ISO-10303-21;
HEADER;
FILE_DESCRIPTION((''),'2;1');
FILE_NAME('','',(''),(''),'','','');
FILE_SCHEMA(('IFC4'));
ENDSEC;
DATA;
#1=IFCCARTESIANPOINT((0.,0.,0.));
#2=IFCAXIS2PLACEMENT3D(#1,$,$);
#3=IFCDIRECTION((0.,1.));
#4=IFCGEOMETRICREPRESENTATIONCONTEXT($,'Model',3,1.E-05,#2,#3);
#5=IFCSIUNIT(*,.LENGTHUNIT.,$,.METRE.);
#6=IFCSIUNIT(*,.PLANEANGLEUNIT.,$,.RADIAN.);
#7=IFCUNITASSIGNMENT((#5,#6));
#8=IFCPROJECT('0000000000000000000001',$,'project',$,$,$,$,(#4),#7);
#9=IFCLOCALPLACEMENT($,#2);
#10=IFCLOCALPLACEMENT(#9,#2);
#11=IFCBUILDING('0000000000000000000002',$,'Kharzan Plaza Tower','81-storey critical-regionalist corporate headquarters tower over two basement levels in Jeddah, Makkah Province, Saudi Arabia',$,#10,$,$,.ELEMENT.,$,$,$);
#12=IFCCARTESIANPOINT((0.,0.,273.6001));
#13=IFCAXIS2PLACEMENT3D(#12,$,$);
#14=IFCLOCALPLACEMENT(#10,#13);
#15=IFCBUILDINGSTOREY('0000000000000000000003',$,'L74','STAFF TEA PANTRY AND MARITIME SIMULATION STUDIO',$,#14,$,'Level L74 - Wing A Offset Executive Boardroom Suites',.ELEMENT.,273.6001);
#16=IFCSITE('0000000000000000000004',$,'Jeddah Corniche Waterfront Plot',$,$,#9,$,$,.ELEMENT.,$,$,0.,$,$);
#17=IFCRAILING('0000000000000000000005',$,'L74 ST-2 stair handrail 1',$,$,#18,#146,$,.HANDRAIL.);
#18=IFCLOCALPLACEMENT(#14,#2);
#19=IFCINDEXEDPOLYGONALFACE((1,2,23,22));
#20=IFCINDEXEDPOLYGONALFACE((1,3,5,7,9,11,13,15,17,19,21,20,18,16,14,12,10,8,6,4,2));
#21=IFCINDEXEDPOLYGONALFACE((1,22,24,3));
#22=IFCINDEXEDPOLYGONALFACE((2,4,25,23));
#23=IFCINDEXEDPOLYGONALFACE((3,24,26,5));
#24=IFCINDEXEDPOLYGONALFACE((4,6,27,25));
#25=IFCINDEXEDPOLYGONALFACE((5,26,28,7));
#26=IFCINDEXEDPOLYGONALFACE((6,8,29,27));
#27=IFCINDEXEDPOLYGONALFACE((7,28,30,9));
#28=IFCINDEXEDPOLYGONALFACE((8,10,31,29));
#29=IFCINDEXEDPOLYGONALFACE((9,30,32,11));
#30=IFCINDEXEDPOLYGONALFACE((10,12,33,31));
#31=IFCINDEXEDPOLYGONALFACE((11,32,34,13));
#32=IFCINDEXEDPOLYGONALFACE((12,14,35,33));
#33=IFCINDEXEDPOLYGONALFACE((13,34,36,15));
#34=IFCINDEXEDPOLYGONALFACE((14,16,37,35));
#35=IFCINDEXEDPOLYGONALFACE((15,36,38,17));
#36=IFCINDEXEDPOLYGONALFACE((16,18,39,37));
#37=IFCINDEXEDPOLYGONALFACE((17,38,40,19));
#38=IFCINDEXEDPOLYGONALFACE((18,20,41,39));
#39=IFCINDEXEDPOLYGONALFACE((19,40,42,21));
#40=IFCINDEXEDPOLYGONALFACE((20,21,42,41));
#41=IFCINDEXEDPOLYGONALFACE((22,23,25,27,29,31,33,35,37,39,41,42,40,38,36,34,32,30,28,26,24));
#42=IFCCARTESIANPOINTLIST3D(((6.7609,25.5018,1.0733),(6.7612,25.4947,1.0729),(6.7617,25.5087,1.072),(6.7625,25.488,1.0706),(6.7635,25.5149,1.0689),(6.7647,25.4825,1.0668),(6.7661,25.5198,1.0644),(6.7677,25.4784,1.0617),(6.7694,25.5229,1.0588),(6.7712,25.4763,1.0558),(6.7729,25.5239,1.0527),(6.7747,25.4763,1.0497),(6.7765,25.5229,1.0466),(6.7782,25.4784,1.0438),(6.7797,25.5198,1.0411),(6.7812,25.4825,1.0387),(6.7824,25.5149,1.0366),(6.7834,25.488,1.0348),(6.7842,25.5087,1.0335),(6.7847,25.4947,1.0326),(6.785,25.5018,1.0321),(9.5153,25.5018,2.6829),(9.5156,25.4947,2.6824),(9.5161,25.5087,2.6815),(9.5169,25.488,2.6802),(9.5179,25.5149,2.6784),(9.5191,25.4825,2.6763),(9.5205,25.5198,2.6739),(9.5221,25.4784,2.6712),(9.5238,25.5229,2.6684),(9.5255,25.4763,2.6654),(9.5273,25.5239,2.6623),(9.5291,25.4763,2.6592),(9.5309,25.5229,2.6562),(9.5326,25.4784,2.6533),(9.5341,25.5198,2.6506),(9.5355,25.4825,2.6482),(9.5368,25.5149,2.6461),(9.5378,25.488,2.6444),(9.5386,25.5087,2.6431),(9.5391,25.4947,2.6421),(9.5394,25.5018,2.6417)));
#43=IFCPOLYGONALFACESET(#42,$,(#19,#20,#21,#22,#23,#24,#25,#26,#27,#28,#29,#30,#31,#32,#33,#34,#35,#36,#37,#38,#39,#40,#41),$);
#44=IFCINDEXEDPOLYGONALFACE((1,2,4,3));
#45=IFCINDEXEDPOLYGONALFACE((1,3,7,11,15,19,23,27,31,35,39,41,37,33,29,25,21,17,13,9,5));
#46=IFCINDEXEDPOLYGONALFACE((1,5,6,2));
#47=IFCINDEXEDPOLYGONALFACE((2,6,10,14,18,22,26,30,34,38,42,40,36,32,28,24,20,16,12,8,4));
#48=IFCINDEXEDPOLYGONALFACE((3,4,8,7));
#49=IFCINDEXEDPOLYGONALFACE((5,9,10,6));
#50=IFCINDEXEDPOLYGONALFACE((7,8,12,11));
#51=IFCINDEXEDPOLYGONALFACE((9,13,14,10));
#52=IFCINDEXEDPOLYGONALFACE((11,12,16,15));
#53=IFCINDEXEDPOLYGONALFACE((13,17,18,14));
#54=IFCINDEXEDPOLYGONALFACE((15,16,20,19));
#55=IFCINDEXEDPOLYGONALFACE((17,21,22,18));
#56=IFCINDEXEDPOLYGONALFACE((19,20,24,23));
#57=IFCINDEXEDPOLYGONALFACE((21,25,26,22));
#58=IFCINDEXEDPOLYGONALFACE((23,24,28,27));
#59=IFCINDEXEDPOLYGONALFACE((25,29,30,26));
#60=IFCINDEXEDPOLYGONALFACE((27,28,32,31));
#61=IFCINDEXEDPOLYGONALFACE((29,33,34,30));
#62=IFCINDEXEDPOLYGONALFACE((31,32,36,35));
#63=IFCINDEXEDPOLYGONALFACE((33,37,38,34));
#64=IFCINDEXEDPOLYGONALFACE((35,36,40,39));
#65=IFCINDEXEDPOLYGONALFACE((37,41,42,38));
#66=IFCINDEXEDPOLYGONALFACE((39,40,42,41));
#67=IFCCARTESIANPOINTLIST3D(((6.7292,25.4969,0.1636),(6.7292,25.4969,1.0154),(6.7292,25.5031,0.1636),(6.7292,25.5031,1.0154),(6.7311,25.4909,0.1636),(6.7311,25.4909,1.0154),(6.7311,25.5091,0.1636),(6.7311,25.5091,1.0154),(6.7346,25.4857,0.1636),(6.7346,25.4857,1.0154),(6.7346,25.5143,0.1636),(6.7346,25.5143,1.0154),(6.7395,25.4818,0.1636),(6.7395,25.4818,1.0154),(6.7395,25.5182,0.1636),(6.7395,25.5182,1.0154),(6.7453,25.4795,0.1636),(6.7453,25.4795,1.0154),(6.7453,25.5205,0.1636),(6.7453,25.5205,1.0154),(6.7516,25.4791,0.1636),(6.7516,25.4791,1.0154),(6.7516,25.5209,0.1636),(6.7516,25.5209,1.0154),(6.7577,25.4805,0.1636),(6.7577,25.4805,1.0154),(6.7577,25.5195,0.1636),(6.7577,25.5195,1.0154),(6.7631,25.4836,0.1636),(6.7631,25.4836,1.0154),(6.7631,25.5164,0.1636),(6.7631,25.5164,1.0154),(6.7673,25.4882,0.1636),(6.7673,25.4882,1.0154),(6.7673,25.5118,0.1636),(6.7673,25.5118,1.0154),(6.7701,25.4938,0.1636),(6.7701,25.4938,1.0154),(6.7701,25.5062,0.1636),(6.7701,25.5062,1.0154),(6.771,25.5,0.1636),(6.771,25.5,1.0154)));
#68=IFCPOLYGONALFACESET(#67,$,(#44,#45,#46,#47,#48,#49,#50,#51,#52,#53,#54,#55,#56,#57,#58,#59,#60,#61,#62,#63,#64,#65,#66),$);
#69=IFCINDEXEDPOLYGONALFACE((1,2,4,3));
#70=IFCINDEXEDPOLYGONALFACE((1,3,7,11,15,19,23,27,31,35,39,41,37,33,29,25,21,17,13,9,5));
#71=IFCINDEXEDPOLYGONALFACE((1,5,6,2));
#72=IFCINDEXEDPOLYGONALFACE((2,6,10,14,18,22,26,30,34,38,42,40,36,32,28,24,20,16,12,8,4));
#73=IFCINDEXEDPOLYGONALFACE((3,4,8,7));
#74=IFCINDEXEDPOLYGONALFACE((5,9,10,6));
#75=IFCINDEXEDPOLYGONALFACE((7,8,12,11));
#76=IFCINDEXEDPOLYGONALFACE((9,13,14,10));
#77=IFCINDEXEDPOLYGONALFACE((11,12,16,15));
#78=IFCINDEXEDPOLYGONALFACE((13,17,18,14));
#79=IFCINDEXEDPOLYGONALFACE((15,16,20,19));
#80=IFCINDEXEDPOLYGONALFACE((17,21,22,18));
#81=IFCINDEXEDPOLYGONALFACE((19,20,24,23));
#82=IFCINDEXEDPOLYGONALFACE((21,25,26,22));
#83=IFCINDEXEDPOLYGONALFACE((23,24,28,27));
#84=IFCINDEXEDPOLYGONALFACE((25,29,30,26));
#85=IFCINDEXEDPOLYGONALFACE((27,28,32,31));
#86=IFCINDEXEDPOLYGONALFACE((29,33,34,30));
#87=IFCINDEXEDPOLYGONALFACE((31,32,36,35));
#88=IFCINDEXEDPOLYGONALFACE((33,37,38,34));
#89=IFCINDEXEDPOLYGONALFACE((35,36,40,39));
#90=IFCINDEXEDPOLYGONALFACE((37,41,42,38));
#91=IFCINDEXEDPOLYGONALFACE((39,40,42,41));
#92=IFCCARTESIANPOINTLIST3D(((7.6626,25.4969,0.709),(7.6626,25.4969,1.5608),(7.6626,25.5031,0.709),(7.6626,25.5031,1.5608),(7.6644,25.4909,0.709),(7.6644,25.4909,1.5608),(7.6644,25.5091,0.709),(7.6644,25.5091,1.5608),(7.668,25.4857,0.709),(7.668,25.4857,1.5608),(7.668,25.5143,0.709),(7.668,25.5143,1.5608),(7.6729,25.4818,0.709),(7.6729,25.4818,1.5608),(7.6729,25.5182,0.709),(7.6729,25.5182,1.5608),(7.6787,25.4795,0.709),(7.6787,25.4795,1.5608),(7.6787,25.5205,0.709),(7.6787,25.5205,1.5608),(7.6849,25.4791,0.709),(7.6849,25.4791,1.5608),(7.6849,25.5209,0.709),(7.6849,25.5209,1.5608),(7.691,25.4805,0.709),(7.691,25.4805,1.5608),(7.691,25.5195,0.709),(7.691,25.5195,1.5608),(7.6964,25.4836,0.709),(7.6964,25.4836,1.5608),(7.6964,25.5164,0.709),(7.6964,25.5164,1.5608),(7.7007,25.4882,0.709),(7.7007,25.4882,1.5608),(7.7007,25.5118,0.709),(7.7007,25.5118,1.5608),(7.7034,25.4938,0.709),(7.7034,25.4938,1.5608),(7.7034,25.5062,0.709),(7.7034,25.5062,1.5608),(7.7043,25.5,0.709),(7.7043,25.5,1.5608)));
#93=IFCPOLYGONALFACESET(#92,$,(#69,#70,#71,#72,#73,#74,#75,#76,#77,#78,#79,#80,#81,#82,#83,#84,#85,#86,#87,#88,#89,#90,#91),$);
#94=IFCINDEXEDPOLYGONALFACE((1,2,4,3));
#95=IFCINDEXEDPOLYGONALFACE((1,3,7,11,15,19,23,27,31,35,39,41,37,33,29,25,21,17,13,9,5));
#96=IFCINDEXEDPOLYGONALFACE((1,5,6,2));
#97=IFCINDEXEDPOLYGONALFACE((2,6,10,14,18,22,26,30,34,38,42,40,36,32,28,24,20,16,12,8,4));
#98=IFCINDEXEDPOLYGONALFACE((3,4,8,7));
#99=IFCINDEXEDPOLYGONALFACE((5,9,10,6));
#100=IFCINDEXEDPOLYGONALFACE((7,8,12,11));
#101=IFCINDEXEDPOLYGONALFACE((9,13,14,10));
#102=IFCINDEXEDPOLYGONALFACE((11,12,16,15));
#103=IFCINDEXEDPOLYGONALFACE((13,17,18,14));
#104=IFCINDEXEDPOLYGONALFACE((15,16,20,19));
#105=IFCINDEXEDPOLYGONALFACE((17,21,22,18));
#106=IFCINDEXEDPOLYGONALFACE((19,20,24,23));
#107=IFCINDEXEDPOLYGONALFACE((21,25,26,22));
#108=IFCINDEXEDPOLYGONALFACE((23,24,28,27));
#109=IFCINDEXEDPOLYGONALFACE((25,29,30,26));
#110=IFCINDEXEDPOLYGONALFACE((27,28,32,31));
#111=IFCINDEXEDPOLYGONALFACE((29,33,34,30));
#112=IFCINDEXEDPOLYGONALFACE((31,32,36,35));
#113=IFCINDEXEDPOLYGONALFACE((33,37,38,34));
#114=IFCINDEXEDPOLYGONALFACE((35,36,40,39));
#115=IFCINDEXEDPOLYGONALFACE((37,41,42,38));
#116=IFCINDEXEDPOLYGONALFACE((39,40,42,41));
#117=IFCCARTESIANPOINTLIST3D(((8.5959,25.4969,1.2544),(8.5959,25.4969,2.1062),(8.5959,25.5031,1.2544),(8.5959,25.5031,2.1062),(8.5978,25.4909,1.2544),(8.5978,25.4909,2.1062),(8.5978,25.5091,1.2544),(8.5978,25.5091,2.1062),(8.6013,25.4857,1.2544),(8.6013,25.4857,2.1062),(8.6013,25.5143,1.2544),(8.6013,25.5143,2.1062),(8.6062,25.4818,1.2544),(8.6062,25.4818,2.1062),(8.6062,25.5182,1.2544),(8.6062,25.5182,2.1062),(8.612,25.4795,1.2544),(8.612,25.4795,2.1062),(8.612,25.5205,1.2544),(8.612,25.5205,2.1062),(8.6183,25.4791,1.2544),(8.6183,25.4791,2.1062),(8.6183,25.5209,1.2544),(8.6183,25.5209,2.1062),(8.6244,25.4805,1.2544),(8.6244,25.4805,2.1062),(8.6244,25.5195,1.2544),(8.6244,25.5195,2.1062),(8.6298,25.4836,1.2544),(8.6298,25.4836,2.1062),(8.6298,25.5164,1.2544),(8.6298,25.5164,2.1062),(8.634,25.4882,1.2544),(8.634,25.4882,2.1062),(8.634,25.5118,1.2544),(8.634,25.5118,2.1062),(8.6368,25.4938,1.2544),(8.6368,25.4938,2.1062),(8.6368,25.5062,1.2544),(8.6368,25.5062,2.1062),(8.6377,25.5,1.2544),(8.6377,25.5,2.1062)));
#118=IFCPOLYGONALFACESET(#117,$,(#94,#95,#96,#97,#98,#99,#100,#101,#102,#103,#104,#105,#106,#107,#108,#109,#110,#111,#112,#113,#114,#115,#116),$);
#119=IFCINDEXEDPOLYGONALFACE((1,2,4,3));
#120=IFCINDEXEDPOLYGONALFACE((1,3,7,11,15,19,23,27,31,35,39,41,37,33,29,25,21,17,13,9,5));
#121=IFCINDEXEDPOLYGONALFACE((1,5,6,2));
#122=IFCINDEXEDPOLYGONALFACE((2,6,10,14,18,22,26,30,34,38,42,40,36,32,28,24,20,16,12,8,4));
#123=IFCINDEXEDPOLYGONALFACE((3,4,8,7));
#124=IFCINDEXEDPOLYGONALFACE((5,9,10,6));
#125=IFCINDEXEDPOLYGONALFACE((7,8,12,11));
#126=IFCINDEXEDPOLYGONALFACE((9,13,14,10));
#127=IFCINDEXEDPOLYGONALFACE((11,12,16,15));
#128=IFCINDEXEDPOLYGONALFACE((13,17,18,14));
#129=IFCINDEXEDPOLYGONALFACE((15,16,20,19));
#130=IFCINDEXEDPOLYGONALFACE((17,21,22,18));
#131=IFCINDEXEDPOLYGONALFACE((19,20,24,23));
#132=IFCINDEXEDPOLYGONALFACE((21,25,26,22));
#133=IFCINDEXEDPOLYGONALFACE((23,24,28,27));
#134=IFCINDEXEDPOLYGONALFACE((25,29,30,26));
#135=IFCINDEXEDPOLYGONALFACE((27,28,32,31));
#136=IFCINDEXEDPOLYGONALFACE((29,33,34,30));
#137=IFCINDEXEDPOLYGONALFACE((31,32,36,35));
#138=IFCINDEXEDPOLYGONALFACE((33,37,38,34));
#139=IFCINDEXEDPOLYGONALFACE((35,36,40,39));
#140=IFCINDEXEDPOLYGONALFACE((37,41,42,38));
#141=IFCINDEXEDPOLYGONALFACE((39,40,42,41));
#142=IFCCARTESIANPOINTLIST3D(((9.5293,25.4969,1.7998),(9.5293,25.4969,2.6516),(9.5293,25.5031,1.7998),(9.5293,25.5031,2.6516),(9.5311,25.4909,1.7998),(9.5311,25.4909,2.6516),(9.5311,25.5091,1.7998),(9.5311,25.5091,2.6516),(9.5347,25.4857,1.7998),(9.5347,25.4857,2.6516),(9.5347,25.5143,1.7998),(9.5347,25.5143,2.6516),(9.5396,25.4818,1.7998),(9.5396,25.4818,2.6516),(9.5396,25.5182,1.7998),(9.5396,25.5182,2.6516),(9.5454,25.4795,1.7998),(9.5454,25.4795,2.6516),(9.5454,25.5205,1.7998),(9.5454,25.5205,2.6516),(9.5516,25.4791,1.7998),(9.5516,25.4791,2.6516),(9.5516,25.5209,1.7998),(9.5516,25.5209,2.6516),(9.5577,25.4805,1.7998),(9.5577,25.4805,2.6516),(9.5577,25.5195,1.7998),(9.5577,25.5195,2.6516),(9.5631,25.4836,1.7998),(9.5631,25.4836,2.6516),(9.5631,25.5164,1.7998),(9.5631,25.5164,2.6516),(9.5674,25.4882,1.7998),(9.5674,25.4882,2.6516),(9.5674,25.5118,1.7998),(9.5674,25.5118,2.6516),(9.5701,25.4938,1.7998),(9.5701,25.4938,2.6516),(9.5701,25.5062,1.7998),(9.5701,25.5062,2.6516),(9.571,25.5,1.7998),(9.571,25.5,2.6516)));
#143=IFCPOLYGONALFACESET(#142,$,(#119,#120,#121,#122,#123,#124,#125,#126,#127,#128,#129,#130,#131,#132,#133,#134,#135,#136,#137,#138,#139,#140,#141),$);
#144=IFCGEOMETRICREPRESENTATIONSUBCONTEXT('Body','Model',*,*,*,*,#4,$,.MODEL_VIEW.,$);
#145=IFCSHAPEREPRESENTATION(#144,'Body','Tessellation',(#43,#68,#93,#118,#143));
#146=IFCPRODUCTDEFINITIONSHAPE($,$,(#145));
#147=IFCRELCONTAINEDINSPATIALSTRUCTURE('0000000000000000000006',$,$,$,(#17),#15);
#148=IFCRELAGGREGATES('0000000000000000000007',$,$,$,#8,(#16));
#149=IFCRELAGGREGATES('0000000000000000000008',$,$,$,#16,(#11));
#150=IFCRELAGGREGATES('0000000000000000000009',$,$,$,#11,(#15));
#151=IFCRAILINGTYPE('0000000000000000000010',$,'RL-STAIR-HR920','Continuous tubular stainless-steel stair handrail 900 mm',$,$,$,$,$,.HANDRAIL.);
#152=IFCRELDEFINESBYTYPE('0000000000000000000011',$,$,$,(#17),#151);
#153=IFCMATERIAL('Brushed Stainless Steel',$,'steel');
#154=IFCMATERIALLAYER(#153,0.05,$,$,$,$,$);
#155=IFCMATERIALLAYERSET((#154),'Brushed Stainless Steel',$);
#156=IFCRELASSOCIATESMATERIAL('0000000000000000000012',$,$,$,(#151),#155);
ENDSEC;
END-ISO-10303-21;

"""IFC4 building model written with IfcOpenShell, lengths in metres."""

from ifc_helpers import new_model, si_unit, direction, frame, origin, origin_2d, place, context, subcontext, project, spatial, circle, extrude, source, transform, mapped, material, layer, layer_set, type_object, element, save


model = new_model("IFC4")

# Units and contexts
model_context = context("Model", 3, precision=1e-05, world=origin(), true_north=direction((0.0, 1.0)))
body_context = subcontext(model_context, "Body", "Model", "MODEL_VIEW")
ifc_project = project(units=[si_unit("LENGTHUNIT", "METRE"), si_unit("PLANEANGLEUNIT", "RADIAN")], contexts=[model_context])

# Site, building, storey
site_placement = place(None, origin())
site = spatial("IfcSite", under=ifc_project, at=site_placement, Name="Jeddah Corniche Waterfront Plot", CompositionType="ELEMENT", RefElevation=0.0)
building_placement = place(site_placement, origin())
building = spatial("IfcBuilding", under=site, at=building_placement, Name="Kharzan Plaza Tower", Description="81-storey critical-regionalist corporate headquarters tower over two basement levels in Jeddah, Makkah Province, Saudi Arabia", CompositionType="ELEMENT")
storey_placement = place(building_placement, frame((0.0, 0.0, 273.6001)))
storey = spatial("IfcBuildingStorey", under=building, at=storey_placement, Name="L74", Description="STAFF TEA PANTRY AND MARITIME SIMULATION STUDIO", LongName="Level L74 - Wing A Offset Executive Boardroom Suites", CompositionType="ELEMENT", Elevation=273.6001)

# Shared definitions
ifc_material_1 = material(Name="Brushed Stainless Steel", Category="steel")

# Railing
ifc_layer_1 = layer(ifc_material_1, 0.05)
ifc_layer_set_1 = layer_set([ifc_layer_1], Name="Brushed Stainless Steel")
railing_type_1 = type_object("IfcRailingType", Name="RL-STAIR-HR920", Description="Continuous tubular stainless-steel stair handrail 900 mm", PredefinedType="HANDRAIL", material=ifc_layer_set_1)
shared_shape_1 = source(origin(), body_context, "Body", "SweptSolid", [
    extrude(circle(Radius=0.0239, at=origin_2d()), frame((0.0229, 0.0, 0.8892), z_axis=(0.863394, 0.0, 0.504531), x_axis=(0.0, 1.0, 0.0)), (0.0, 0.0, 1.0), 3.1902),
    extrude(circle(Radius=0.021, at=origin_2d()), origin(), (0.0, 0.0, 1.0), 0.8518),
    extrude(circle(Radius=0.021, at=origin_2d()), frame((0.9333, 0.0, 0.5454)), (0.0, 0.0, 1.0), 0.8518),
    extrude(circle(Radius=0.021, at=origin_2d()), frame((1.8667, 0.0, 1.0908)), (0.0, 0.0, 1.0), 0.8518),
    extrude(circle(Radius=0.021, at=origin_2d()), frame((2.8, 0.0, 1.6362)), (0.0, 0.0, 1.0), 0.8518),
])
railing_1_placement = place(storey_placement, frame((6.75, 25.5, 0.1636)))
element("IfcRailing", 1, at=railing_1_placement, inside=storey, type_object=railing_type_1, Name="L74 ST-2 stair handrail 1", PredefinedType="HANDRAIL", context=body_context, shape_type="MappedRepresentation", body=[
    mapped(shared_shape_1, transform((0.0, 0.0, 0.0), x_axis=(1.0, 0.0, 0.0), y_axis=(0.0, 1.0, 0.0), z_axis=(0.0, 0.0, 1.0))),
])

save(model, "model.ifc")
